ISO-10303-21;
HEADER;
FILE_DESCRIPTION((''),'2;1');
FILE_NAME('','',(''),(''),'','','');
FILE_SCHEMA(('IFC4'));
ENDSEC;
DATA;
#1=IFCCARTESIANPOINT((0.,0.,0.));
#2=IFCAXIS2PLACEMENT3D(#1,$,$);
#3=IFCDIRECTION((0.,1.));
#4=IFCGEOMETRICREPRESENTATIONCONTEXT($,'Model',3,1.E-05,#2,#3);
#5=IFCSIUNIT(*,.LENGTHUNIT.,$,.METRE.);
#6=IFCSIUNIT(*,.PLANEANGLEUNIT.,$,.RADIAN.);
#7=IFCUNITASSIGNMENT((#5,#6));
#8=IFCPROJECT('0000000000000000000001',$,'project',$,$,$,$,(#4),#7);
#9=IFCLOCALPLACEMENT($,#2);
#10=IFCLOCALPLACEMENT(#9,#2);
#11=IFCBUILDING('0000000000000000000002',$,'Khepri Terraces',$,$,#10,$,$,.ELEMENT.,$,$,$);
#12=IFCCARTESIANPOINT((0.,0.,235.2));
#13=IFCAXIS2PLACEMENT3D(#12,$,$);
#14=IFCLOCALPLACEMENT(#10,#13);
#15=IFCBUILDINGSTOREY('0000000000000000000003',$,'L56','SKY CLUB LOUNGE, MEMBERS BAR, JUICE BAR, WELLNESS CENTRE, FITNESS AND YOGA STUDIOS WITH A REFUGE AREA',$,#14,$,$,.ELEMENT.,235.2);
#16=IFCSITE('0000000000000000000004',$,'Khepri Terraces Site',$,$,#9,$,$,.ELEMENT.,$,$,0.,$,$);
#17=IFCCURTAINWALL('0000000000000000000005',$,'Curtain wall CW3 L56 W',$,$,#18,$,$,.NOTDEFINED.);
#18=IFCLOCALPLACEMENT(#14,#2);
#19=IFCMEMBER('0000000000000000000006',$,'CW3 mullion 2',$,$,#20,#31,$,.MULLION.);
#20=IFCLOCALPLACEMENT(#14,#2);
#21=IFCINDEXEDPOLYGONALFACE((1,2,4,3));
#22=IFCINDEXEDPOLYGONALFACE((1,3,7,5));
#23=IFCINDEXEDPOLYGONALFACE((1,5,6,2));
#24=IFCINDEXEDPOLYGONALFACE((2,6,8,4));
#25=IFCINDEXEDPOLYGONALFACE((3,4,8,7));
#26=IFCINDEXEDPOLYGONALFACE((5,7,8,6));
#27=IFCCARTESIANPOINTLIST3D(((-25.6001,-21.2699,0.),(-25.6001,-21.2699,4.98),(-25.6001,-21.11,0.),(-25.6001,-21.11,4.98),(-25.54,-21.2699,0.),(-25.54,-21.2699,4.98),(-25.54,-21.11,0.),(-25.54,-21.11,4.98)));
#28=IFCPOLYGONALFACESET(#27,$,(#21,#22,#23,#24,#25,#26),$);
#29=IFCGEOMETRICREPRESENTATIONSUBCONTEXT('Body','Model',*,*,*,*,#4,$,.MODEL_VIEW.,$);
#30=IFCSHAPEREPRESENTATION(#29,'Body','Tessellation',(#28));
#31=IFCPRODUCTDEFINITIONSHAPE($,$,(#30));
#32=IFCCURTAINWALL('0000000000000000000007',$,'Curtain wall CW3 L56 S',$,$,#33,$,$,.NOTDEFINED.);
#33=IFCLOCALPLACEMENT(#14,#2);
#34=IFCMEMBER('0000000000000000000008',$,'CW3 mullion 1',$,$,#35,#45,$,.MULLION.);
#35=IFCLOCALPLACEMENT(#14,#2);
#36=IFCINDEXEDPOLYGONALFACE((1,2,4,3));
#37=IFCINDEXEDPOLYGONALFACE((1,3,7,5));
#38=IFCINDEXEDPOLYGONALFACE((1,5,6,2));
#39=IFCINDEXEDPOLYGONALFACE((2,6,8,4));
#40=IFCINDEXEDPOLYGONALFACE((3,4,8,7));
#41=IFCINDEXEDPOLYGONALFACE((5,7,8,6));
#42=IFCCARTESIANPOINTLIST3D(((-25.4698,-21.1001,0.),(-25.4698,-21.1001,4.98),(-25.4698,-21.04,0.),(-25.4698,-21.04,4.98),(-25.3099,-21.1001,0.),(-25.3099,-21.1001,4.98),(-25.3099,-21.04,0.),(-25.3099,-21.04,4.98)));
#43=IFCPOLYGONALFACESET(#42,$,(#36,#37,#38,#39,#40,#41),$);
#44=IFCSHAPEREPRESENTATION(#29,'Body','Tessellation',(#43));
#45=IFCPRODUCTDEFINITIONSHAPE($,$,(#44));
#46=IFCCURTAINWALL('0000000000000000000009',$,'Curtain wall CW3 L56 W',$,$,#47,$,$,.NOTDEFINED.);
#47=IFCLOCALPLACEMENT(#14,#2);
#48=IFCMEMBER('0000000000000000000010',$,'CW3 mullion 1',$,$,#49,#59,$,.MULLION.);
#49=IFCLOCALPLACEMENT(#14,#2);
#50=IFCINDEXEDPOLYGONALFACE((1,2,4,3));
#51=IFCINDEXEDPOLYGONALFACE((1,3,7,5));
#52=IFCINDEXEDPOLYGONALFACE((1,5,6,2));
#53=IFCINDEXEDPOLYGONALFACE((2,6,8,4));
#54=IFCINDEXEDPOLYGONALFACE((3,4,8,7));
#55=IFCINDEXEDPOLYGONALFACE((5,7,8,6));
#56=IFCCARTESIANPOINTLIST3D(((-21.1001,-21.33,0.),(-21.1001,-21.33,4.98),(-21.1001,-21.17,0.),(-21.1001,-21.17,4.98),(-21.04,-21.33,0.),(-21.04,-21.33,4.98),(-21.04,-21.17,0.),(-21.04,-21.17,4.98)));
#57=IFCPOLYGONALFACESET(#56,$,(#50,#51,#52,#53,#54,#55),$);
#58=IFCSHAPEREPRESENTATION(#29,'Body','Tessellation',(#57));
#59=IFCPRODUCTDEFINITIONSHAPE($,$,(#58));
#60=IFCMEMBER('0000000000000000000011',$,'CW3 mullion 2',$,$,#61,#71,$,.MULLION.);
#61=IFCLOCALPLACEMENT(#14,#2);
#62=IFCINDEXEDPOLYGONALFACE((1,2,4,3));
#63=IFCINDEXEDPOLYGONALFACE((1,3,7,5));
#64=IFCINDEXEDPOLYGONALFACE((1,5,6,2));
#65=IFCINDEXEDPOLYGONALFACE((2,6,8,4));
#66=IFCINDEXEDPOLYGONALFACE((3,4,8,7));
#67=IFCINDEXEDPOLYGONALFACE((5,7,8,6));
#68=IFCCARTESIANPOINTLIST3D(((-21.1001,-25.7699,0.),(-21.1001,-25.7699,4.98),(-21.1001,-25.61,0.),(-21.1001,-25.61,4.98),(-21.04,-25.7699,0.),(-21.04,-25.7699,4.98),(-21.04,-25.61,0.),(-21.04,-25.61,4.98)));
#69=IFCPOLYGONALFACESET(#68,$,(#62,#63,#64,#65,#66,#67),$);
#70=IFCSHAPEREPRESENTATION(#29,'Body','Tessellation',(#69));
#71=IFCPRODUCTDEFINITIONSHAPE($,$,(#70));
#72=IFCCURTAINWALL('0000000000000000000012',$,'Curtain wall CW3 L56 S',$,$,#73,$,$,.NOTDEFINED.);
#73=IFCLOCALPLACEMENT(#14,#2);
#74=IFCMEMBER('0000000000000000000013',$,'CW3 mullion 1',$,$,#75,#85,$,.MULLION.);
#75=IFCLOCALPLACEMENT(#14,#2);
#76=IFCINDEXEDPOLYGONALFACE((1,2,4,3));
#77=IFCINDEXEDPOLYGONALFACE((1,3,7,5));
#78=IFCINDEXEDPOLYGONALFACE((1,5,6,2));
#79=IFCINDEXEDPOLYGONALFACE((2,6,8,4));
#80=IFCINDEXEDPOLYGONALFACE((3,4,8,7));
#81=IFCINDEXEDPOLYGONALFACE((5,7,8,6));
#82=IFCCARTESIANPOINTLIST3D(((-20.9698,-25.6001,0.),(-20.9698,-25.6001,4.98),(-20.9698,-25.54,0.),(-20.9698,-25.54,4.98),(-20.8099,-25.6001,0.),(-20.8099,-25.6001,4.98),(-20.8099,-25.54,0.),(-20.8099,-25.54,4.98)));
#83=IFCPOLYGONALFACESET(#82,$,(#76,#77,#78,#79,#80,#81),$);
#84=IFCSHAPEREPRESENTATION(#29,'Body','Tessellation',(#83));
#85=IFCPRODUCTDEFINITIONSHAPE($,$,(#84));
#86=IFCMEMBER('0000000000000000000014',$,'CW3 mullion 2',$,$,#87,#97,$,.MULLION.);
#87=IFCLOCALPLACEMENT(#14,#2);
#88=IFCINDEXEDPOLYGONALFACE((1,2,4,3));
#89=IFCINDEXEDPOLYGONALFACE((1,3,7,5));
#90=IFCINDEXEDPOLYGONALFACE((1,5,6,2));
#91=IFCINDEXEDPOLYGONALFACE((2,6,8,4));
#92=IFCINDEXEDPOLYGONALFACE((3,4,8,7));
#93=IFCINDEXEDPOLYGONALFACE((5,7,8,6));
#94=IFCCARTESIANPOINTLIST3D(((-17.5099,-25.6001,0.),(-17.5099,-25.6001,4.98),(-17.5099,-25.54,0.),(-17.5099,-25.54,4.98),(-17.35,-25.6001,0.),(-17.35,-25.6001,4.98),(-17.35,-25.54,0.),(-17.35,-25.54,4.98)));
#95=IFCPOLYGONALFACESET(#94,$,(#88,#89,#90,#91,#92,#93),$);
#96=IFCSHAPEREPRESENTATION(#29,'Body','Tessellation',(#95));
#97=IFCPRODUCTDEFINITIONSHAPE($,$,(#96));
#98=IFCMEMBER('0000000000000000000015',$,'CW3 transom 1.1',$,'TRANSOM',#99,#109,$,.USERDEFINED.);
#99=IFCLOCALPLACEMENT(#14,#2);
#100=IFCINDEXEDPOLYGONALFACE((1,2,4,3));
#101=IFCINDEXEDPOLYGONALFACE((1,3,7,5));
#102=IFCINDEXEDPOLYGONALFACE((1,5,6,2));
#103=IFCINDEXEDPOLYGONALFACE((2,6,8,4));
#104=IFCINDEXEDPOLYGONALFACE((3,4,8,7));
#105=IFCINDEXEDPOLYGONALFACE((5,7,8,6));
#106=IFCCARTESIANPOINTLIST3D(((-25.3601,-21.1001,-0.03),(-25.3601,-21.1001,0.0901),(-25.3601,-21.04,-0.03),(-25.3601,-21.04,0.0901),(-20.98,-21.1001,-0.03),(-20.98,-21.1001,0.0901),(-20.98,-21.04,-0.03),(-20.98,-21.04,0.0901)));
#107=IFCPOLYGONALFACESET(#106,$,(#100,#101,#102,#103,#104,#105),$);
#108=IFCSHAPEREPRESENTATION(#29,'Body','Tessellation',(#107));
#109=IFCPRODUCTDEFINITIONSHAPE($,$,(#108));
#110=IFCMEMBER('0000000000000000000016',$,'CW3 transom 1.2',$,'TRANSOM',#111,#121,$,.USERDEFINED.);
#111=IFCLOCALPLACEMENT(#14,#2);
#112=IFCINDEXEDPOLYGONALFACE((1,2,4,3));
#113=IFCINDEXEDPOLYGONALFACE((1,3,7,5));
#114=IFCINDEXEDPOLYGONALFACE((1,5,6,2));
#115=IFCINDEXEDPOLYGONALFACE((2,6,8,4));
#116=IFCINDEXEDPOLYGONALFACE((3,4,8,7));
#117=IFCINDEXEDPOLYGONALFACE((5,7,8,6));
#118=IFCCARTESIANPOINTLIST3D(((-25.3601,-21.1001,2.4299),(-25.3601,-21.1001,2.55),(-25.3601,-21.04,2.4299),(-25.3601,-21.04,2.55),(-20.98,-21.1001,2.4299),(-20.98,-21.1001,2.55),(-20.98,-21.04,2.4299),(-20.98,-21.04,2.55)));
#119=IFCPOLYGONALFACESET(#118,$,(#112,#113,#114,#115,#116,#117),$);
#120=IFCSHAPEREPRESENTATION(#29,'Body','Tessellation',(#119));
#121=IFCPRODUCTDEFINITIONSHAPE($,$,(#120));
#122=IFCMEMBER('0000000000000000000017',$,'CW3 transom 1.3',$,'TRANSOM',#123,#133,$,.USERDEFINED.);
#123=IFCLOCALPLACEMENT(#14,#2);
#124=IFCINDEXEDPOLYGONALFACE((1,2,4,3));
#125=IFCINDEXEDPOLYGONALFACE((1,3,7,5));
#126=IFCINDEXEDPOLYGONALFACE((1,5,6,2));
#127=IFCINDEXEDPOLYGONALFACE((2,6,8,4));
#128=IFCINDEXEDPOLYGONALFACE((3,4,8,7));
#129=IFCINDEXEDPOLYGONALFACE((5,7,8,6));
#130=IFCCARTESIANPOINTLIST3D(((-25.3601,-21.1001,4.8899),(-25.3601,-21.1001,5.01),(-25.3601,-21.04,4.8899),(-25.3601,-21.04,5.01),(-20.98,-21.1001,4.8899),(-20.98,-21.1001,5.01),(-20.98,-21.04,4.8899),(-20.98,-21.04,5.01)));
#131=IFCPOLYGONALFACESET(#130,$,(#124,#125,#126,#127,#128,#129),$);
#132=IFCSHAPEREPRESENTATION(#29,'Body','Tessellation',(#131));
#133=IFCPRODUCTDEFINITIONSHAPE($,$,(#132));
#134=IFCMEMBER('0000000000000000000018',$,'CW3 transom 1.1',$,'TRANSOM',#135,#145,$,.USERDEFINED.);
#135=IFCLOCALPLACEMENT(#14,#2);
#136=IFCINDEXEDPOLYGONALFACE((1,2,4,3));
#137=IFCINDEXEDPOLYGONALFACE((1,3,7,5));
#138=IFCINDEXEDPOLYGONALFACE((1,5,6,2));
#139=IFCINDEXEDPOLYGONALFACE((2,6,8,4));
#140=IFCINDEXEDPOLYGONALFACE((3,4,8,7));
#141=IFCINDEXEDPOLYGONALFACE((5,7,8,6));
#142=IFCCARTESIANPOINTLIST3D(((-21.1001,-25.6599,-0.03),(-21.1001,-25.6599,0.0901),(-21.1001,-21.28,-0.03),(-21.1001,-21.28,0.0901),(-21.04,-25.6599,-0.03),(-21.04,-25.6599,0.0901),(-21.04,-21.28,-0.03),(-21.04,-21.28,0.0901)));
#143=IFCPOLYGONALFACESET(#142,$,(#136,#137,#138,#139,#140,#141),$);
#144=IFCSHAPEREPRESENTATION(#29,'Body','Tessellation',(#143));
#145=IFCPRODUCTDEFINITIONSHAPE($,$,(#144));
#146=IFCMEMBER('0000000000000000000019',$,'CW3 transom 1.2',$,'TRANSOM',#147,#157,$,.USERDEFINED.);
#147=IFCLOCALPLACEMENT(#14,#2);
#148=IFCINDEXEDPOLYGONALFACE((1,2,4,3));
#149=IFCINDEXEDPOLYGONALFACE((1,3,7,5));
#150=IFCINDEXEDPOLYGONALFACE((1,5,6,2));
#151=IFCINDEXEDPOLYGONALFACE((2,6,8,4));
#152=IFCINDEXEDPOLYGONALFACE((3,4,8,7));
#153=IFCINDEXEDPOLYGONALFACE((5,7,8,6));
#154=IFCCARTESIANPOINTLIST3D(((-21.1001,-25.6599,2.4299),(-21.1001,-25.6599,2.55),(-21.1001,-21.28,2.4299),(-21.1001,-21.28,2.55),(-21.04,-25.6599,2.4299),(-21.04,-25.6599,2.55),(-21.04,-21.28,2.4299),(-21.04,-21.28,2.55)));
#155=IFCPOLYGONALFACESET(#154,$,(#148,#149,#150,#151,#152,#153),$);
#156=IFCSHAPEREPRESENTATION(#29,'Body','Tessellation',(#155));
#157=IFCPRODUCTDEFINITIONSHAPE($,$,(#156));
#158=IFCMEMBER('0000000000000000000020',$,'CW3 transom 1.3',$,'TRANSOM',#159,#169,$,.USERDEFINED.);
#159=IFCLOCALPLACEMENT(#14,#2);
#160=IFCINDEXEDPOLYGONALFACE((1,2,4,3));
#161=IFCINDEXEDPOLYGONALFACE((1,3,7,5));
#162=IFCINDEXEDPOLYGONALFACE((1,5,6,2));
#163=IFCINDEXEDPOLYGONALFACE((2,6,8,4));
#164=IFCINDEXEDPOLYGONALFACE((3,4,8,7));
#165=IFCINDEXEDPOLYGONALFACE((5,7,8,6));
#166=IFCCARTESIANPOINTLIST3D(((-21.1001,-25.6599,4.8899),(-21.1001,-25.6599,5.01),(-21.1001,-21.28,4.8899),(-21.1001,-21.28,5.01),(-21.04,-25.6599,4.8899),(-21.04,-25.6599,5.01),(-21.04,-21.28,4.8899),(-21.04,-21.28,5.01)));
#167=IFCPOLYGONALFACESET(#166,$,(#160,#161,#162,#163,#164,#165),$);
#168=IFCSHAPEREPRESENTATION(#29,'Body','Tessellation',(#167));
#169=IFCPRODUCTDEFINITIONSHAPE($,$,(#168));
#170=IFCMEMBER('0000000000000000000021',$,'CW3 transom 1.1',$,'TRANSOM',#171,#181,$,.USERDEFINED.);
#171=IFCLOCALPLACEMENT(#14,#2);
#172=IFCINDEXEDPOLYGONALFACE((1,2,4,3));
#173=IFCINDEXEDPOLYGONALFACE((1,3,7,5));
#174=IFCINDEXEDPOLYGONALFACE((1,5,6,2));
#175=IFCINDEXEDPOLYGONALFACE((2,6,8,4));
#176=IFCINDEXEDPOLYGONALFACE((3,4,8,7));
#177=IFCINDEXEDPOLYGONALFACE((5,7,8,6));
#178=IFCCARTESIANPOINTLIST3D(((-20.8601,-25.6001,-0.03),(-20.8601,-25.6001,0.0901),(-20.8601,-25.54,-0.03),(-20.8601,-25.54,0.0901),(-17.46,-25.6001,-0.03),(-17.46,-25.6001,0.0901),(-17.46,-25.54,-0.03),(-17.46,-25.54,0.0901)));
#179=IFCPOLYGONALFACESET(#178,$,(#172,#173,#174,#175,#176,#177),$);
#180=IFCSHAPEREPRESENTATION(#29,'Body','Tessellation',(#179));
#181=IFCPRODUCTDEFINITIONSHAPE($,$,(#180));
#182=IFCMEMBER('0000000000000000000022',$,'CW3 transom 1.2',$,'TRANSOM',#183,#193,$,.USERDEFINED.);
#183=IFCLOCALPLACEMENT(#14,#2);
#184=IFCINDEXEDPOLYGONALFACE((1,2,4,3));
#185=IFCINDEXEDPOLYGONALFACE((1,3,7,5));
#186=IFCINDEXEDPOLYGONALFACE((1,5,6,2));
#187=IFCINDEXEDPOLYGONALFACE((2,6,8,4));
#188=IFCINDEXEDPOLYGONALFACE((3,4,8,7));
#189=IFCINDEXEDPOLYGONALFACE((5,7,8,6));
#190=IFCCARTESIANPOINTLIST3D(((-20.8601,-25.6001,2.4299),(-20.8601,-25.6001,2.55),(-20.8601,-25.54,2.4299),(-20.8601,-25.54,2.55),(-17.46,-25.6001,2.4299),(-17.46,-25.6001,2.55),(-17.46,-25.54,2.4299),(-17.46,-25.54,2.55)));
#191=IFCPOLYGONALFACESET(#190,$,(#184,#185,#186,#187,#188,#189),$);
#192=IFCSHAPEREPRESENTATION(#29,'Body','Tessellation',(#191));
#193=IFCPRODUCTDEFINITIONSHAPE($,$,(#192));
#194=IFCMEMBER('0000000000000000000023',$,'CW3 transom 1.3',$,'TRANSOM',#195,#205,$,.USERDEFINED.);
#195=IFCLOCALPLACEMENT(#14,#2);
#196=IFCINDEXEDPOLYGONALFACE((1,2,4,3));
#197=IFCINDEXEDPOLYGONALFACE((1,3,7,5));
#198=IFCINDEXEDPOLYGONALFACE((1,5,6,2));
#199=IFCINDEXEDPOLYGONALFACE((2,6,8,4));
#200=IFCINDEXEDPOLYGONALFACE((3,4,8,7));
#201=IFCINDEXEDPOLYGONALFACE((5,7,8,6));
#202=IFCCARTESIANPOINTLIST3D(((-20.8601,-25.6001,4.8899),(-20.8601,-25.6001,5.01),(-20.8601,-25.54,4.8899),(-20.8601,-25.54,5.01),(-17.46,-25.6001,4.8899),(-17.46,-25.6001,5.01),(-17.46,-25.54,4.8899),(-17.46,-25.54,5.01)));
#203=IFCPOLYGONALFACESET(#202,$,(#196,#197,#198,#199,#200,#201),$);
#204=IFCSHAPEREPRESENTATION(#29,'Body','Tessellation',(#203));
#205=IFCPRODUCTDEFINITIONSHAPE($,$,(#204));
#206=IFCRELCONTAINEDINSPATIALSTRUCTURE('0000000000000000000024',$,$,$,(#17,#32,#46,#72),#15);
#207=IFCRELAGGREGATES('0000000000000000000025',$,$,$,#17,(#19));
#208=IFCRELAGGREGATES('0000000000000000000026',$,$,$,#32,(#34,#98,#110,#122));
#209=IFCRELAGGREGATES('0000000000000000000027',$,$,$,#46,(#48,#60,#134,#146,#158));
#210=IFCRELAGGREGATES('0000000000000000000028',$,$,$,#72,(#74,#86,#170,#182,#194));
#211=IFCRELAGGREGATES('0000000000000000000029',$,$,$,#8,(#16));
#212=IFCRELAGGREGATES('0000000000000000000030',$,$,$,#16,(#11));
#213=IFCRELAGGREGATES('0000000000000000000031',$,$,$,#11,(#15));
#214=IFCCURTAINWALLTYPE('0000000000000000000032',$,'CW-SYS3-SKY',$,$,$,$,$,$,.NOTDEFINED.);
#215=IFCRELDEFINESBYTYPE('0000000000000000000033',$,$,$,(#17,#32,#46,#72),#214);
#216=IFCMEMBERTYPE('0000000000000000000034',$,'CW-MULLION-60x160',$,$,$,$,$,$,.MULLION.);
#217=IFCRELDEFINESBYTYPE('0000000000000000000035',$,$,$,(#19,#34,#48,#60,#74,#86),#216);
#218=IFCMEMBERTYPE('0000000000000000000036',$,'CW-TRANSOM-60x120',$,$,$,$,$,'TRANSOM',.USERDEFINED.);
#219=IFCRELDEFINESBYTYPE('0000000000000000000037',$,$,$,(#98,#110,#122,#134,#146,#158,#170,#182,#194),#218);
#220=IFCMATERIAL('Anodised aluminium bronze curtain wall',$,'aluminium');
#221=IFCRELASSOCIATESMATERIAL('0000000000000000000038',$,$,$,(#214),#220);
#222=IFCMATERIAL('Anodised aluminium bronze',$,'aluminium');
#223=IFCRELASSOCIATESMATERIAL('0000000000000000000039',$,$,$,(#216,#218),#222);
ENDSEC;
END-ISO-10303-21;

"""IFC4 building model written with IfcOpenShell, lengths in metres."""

from ifc_helpers import new_model, si_unit, direction, frame, origin, origin_2d, place, context, subcontext, project, spatial, rectangle, extrude, material, material_profile, profile_set, type_object, element, aggregate, save


model = new_model("IFC4")

# Units and contexts
model_context = context("Model", 3, precision=1e-05, world=origin(), true_north=direction((0.0, 1.0)))
body_context = subcontext(model_context, "Body", "Model", "MODEL_VIEW")
ifc_project = project(units=[si_unit("LENGTHUNIT", "METRE"), si_unit("PLANEANGLEUNIT", "RADIAN")], contexts=[model_context])

# Site, building, storey
site_placement = place(None, origin())
site = spatial("IfcSite", under=ifc_project, at=site_placement, Name="Khepri Terraces Site", CompositionType="ELEMENT", RefElevation=0.0)
building_placement = place(site_placement, origin())
building = spatial("IfcBuilding", under=site, at=building_placement, Name="Khepri Terraces", CompositionType="ELEMENT")
storey_placement = place(building_placement, frame((0.0, 0.0, 235.2)))
storey = spatial("IfcBuildingStorey", under=building, at=storey_placement, Name="L56", Description="SKY CLUB LOUNGE, MEMBERS BAR, JUICE BAR, WELLNESS CENTRE, FITNESS AND YOGA STUDIOS WITH A REFUGE AREA", CompositionType="ELEMENT", Elevation=235.2)

# Curtain walls, members
ifc_material_1 = material(Name="Anodised aluminium bronze curtain wall", Category="aluminium")
curtain_wall_type = type_object("IfcCurtainWallType", Name="CW-SYS3-SKY", PredefinedType="NOTDEFINED", material=ifc_material_1)
curtain_wall_1_placement = place(storey_placement, origin())
curtain_wall_1 = element("IfcCurtainWall", 1, at=curtain_wall_1_placement, inside=storey, type_object=curtain_wall_type, Name="Curtain wall CW3 L56 W", PredefinedType="NOTDEFINED")
ifc_material_2 = material(Name="Anodised aluminium bronze", Category="aluminium")
ifc_material_profile_1 = material_profile(ifc_material_2, rectangle(XDim=0.0601, YDim=0.1599, at=origin_2d()), Name="Anodised aluminium bronze", Category="aluminium")
ifc_profile_set_1 = profile_set([ifc_material_profile_1], Name="Anodised aluminium bronze")
member_type_1 = type_object("IfcMemberType", Name="CW-MULLION-60x160", PredefinedType="MULLION", material=ifc_profile_set_1)
member_1_placement = place(storey_placement, frame((-25.5701, -21.1899, 0.0), z_axis=(0.0, 0.0, 1.0), x_axis=(1.0, 0.0, 0.0)))
member_1 = element("IfcMember", 2, at=member_1_placement, type_object=member_type_1, Name="CW3 mullion 2", PredefinedType="MULLION", context=body_context, shape_type="SweptSolid", body=[
    extrude(rectangle(XDim=0.0601, YDim=0.1599, at=origin_2d()), origin(), (0.0, 0.0, 1.0), 4.98),
])
aggregate(curtain_wall_1, [member_1])
curtain_wall_2_placement = place(storey_placement, origin())
curtain_wall_2 = element("IfcCurtainWall", 3, at=curtain_wall_2_placement, inside=storey, type_object=curtain_wall_type, Name="Curtain wall CW3 L56 S", PredefinedType="NOTDEFINED")
member_2_placement = place(storey_placement, frame((-25.3899, -21.0701, 0.0), z_axis=(0.0, 0.0, 1.0), x_axis=(0.0, 1.0, 0.0)))
member_2 = element("IfcMember", 4, at=member_2_placement, type_object=member_type_1, Name="CW3 mullion 1", PredefinedType="MULLION", context=body_context, shape_type="SweptSolid", body=[
    extrude(rectangle(XDim=0.0601, YDim=0.1599, at=origin_2d()), origin(), (0.0, 0.0, 1.0), 4.98),
])

# Curtain walls, members
curtain_wall_3_placement = place(storey_placement, origin())
curtain_wall_3 = element("IfcCurtainWall", 5, at=curtain_wall_3_placement, inside=storey, type_object=curtain_wall_type, Name="Curtain wall CW3 L56 W", PredefinedType="NOTDEFINED")
member_3_placement = place(storey_placement, frame((-21.0701, -21.25, 0.0), z_axis=(0.0, 0.0, 1.0), x_axis=(1.0, 0.0, 0.0)))
member_3 = element("IfcMember", 6, at=member_3_placement, type_object=member_type_1, Name="CW3 mullion 1", PredefinedType="MULLION", context=body_context, shape_type="SweptSolid", body=[
    extrude(rectangle(XDim=0.0601, YDim=0.1599, at=origin_2d()), origin(), (0.0, 0.0, 1.0), 4.98),
])
member_4_placement = place(storey_placement, frame((-21.0701, -25.6899, 0.0), z_axis=(0.0, 0.0, 1.0), x_axis=(1.0, 0.0, 0.0)))
member_4 = element("IfcMember", 7, at=member_4_placement, type_object=member_type_1, Name="CW3 mullion 2", PredefinedType="MULLION", context=body_context, shape_type="SweptSolid", body=[
    extrude(rectangle(XDim=0.0601, YDim=0.1599, at=origin_2d()), origin(), (0.0, 0.0, 1.0), 4.98),
])
curtain_wall_4_placement = place(storey_placement, origin())
curtain_wall_4 = element("IfcCurtainWall", 8, at=curtain_wall_4_placement, inside=storey, type_object=curtain_wall_type, Name="Curtain wall CW3 L56 S", PredefinedType="NOTDEFINED")
member_5_placement = place(storey_placement, frame((-20.8899, -25.5701, 0.0), z_axis=(0.0, 0.0, 1.0), x_axis=(0.0, 1.0, 0.0)))
member_5 = element("IfcMember", 9, at=member_5_placement, type_object=member_type_1, Name="CW3 mullion 1", PredefinedType="MULLION", context=body_context, shape_type="SweptSolid", body=[
    extrude(rectangle(XDim=0.0601, YDim=0.1599, at=origin_2d()), origin(), (0.0, 0.0, 1.0), 4.98),
])
member_6_placement = place(storey_placement, frame((-17.4299, -25.5701, 0.0), z_axis=(0.0, 0.0, 1.0), x_axis=(0.0, 1.0, 0.0)))
member_6 = element("IfcMember", 10, at=member_6_placement, type_object=member_type_1, Name="CW3 mullion 2", PredefinedType="MULLION", context=body_context, shape_type="SweptSolid", body=[
    extrude(rectangle(XDim=0.0601, YDim=0.1599, at=origin_2d()), origin(), (0.0, 0.0, 1.0), 4.98),
])

# Members
ifc_material_profile_2 = material_profile(ifc_material_2, rectangle(XDim=0.0601, YDim=0.1201, at=origin_2d()), Name="Anodised aluminium bronze", Category="aluminium")
ifc_profile_set_2 = profile_set([ifc_material_profile_2], Name="Anodised aluminium bronze")
member_type_2 = type_object("IfcMemberType", Name="CW-TRANSOM-60x120", ElementType="TRANSOM", PredefinedType="USERDEFINED", material=ifc_profile_set_2)
member_7_placement = place(storey_placement, frame((-25.3601, -21.0701, 0.03), z_axis=(1.0, 0.0, 0.0), x_axis=(0.0, 1.0, 0.0)))
member_7 = element("IfcMember", 11, at=member_7_placement, type_object=member_type_2, Name="CW3 transom 1.1", ObjectType="TRANSOM", PredefinedType="USERDEFINED", context=body_context, shape_type="SweptSolid", body=[
    extrude(rectangle(XDim=0.0601, YDim=0.1201, at=origin_2d()), origin(), (0.0, 0.0, 1.0), 4.3801),
])
member_8_placement = place(storey_placement, frame((-25.3601, -21.0701, 2.49), z_axis=(1.0, 0.0, 0.0), x_axis=(0.0, 1.0, 0.0)))
member_8 = element("IfcMember", 12, at=member_8_placement, type_object=member_type_2, Name="CW3 transom 1.2", ObjectType="TRANSOM", PredefinedType="USERDEFINED", context=body_context, shape_type="SweptSolid", body=[
    extrude(rectangle(XDim=0.0601, YDim=0.1201, at=origin_2d()), origin(), (0.0, 0.0, 1.0), 4.3801),
])
member_9_placement = place(storey_placement, frame((-25.3601, -21.0701, 4.95), z_axis=(1.0, 0.0, 0.0), x_axis=(0.0, 1.0, 0.0)))
member_9 = element("IfcMember", 13, at=member_9_placement, type_object=member_type_2, Name="CW3 transom 1.3", ObjectType="TRANSOM", PredefinedType="USERDEFINED", context=body_context, shape_type="SweptSolid", body=[
    extrude(rectangle(XDim=0.0601, YDim=0.1201, at=origin_2d()), origin(), (0.0, 0.0, 1.0), 4.3801),
])
aggregate(curtain_wall_2, [member_2, member_7, member_8, member_9])
member_10_placement = place(storey_placement, frame((-21.0701, -21.28, 0.03), z_axis=(0.0, -1.0, 0.0), x_axis=(1.0, 0.0, 0.0)))
member_10 = element("IfcMember", 14, at=member_10_placement, type_object=member_type_2, Name="CW3 transom 1.1", ObjectType="TRANSOM", PredefinedType="USERDEFINED", context=body_context, shape_type="SweptSolid", body=[
    extrude(rectangle(XDim=0.0601, YDim=0.1201, at=origin_2d()), origin(), (0.0, 0.0, 1.0), 4.3799),
])
member_11_placement = place(storey_placement, frame((-21.0701, -21.28, 2.49), z_axis=(0.0, -1.0, 0.0), x_axis=(1.0, 0.0, 0.0)))
member_11 = element("IfcMember", 15, at=member_11_placement, type_object=member_type_2, Name="CW3 transom 1.2", ObjectType="TRANSOM", PredefinedType="USERDEFINED", context=body_context, shape_type="SweptSolid", body=[
    extrude(rectangle(XDim=0.0601, YDim=0.1201, at=origin_2d()), origin(), (0.0, 0.0, 1.0), 4.3799),
])
member_12_placement = place(storey_placement, frame((-21.0701, -21.28, 4.95), z_axis=(0.0, -1.0, 0.0), x_axis=(1.0, 0.0, 0.0)))
member_12 = element("IfcMember", 16, at=member_12_placement, type_object=member_type_2, Name="CW3 transom 1.3", ObjectType="TRANSOM", PredefinedType="USERDEFINED", context=body_context, shape_type="SweptSolid", body=[
    extrude(rectangle(XDim=0.0601, YDim=0.1201, at=origin_2d()), origin(), (0.0, 0.0, 1.0), 4.3799),
])
member_13_placement = place(storey_placement, frame((-20.8601, -25.5701, 0.03), z_axis=(1.0, 0.0, 0.0), x_axis=(0.0, 1.0, 0.0)))
member_13 = element("IfcMember", 17, at=member_13_placement, type_object=member_type_2, Name="CW3 transom 1.1", ObjectType="TRANSOM", PredefinedType="USERDEFINED", context=body_context, shape_type="SweptSolid", body=[
    extrude(rectangle(XDim=0.0601, YDim=0.1201, at=origin_2d()), origin(), (0.0, 0.0, 1.0), 3.4001),
])
member_14_placement = place(storey_placement, frame((-20.8601, -25.5701, 2.49), z_axis=(1.0, 0.0, 0.0), x_axis=(0.0, 1.0, 0.0)))
member_14 = element("IfcMember", 18, at=member_14_placement, type_object=member_type_2, Name="CW3 transom 1.2", ObjectType="TRANSOM", PredefinedType="USERDEFINED", context=body_context, shape_type="SweptSolid", body=[
    extrude(rectangle(XDim=0.0601, YDim=0.1201, at=origin_2d()), origin(), (0.0, 0.0, 1.0), 3.4001),
])
member_15_placement = place(storey_placement, frame((-20.8601, -25.5701, 4.95), z_axis=(1.0, 0.0, 0.0), x_axis=(0.0, 1.0, 0.0)))
member_15 = element("IfcMember", 19, at=member_15_placement, type_object=member_type_2, Name="CW3 transom 1.3", ObjectType="TRANSOM", PredefinedType="USERDEFINED", context=body_context, shape_type="SweptSolid", body=[
    extrude(rectangle(XDim=0.0601, YDim=0.1201, at=origin_2d()), origin(), (0.0, 0.0, 1.0), 3.4001),
])

aggregate(curtain_wall_3, [member_3, member_4, member_10, member_11, member_12])
aggregate(curtain_wall_4, [member_5, member_6, member_13, member_14, member_15])

save(model, "model.ifc")
